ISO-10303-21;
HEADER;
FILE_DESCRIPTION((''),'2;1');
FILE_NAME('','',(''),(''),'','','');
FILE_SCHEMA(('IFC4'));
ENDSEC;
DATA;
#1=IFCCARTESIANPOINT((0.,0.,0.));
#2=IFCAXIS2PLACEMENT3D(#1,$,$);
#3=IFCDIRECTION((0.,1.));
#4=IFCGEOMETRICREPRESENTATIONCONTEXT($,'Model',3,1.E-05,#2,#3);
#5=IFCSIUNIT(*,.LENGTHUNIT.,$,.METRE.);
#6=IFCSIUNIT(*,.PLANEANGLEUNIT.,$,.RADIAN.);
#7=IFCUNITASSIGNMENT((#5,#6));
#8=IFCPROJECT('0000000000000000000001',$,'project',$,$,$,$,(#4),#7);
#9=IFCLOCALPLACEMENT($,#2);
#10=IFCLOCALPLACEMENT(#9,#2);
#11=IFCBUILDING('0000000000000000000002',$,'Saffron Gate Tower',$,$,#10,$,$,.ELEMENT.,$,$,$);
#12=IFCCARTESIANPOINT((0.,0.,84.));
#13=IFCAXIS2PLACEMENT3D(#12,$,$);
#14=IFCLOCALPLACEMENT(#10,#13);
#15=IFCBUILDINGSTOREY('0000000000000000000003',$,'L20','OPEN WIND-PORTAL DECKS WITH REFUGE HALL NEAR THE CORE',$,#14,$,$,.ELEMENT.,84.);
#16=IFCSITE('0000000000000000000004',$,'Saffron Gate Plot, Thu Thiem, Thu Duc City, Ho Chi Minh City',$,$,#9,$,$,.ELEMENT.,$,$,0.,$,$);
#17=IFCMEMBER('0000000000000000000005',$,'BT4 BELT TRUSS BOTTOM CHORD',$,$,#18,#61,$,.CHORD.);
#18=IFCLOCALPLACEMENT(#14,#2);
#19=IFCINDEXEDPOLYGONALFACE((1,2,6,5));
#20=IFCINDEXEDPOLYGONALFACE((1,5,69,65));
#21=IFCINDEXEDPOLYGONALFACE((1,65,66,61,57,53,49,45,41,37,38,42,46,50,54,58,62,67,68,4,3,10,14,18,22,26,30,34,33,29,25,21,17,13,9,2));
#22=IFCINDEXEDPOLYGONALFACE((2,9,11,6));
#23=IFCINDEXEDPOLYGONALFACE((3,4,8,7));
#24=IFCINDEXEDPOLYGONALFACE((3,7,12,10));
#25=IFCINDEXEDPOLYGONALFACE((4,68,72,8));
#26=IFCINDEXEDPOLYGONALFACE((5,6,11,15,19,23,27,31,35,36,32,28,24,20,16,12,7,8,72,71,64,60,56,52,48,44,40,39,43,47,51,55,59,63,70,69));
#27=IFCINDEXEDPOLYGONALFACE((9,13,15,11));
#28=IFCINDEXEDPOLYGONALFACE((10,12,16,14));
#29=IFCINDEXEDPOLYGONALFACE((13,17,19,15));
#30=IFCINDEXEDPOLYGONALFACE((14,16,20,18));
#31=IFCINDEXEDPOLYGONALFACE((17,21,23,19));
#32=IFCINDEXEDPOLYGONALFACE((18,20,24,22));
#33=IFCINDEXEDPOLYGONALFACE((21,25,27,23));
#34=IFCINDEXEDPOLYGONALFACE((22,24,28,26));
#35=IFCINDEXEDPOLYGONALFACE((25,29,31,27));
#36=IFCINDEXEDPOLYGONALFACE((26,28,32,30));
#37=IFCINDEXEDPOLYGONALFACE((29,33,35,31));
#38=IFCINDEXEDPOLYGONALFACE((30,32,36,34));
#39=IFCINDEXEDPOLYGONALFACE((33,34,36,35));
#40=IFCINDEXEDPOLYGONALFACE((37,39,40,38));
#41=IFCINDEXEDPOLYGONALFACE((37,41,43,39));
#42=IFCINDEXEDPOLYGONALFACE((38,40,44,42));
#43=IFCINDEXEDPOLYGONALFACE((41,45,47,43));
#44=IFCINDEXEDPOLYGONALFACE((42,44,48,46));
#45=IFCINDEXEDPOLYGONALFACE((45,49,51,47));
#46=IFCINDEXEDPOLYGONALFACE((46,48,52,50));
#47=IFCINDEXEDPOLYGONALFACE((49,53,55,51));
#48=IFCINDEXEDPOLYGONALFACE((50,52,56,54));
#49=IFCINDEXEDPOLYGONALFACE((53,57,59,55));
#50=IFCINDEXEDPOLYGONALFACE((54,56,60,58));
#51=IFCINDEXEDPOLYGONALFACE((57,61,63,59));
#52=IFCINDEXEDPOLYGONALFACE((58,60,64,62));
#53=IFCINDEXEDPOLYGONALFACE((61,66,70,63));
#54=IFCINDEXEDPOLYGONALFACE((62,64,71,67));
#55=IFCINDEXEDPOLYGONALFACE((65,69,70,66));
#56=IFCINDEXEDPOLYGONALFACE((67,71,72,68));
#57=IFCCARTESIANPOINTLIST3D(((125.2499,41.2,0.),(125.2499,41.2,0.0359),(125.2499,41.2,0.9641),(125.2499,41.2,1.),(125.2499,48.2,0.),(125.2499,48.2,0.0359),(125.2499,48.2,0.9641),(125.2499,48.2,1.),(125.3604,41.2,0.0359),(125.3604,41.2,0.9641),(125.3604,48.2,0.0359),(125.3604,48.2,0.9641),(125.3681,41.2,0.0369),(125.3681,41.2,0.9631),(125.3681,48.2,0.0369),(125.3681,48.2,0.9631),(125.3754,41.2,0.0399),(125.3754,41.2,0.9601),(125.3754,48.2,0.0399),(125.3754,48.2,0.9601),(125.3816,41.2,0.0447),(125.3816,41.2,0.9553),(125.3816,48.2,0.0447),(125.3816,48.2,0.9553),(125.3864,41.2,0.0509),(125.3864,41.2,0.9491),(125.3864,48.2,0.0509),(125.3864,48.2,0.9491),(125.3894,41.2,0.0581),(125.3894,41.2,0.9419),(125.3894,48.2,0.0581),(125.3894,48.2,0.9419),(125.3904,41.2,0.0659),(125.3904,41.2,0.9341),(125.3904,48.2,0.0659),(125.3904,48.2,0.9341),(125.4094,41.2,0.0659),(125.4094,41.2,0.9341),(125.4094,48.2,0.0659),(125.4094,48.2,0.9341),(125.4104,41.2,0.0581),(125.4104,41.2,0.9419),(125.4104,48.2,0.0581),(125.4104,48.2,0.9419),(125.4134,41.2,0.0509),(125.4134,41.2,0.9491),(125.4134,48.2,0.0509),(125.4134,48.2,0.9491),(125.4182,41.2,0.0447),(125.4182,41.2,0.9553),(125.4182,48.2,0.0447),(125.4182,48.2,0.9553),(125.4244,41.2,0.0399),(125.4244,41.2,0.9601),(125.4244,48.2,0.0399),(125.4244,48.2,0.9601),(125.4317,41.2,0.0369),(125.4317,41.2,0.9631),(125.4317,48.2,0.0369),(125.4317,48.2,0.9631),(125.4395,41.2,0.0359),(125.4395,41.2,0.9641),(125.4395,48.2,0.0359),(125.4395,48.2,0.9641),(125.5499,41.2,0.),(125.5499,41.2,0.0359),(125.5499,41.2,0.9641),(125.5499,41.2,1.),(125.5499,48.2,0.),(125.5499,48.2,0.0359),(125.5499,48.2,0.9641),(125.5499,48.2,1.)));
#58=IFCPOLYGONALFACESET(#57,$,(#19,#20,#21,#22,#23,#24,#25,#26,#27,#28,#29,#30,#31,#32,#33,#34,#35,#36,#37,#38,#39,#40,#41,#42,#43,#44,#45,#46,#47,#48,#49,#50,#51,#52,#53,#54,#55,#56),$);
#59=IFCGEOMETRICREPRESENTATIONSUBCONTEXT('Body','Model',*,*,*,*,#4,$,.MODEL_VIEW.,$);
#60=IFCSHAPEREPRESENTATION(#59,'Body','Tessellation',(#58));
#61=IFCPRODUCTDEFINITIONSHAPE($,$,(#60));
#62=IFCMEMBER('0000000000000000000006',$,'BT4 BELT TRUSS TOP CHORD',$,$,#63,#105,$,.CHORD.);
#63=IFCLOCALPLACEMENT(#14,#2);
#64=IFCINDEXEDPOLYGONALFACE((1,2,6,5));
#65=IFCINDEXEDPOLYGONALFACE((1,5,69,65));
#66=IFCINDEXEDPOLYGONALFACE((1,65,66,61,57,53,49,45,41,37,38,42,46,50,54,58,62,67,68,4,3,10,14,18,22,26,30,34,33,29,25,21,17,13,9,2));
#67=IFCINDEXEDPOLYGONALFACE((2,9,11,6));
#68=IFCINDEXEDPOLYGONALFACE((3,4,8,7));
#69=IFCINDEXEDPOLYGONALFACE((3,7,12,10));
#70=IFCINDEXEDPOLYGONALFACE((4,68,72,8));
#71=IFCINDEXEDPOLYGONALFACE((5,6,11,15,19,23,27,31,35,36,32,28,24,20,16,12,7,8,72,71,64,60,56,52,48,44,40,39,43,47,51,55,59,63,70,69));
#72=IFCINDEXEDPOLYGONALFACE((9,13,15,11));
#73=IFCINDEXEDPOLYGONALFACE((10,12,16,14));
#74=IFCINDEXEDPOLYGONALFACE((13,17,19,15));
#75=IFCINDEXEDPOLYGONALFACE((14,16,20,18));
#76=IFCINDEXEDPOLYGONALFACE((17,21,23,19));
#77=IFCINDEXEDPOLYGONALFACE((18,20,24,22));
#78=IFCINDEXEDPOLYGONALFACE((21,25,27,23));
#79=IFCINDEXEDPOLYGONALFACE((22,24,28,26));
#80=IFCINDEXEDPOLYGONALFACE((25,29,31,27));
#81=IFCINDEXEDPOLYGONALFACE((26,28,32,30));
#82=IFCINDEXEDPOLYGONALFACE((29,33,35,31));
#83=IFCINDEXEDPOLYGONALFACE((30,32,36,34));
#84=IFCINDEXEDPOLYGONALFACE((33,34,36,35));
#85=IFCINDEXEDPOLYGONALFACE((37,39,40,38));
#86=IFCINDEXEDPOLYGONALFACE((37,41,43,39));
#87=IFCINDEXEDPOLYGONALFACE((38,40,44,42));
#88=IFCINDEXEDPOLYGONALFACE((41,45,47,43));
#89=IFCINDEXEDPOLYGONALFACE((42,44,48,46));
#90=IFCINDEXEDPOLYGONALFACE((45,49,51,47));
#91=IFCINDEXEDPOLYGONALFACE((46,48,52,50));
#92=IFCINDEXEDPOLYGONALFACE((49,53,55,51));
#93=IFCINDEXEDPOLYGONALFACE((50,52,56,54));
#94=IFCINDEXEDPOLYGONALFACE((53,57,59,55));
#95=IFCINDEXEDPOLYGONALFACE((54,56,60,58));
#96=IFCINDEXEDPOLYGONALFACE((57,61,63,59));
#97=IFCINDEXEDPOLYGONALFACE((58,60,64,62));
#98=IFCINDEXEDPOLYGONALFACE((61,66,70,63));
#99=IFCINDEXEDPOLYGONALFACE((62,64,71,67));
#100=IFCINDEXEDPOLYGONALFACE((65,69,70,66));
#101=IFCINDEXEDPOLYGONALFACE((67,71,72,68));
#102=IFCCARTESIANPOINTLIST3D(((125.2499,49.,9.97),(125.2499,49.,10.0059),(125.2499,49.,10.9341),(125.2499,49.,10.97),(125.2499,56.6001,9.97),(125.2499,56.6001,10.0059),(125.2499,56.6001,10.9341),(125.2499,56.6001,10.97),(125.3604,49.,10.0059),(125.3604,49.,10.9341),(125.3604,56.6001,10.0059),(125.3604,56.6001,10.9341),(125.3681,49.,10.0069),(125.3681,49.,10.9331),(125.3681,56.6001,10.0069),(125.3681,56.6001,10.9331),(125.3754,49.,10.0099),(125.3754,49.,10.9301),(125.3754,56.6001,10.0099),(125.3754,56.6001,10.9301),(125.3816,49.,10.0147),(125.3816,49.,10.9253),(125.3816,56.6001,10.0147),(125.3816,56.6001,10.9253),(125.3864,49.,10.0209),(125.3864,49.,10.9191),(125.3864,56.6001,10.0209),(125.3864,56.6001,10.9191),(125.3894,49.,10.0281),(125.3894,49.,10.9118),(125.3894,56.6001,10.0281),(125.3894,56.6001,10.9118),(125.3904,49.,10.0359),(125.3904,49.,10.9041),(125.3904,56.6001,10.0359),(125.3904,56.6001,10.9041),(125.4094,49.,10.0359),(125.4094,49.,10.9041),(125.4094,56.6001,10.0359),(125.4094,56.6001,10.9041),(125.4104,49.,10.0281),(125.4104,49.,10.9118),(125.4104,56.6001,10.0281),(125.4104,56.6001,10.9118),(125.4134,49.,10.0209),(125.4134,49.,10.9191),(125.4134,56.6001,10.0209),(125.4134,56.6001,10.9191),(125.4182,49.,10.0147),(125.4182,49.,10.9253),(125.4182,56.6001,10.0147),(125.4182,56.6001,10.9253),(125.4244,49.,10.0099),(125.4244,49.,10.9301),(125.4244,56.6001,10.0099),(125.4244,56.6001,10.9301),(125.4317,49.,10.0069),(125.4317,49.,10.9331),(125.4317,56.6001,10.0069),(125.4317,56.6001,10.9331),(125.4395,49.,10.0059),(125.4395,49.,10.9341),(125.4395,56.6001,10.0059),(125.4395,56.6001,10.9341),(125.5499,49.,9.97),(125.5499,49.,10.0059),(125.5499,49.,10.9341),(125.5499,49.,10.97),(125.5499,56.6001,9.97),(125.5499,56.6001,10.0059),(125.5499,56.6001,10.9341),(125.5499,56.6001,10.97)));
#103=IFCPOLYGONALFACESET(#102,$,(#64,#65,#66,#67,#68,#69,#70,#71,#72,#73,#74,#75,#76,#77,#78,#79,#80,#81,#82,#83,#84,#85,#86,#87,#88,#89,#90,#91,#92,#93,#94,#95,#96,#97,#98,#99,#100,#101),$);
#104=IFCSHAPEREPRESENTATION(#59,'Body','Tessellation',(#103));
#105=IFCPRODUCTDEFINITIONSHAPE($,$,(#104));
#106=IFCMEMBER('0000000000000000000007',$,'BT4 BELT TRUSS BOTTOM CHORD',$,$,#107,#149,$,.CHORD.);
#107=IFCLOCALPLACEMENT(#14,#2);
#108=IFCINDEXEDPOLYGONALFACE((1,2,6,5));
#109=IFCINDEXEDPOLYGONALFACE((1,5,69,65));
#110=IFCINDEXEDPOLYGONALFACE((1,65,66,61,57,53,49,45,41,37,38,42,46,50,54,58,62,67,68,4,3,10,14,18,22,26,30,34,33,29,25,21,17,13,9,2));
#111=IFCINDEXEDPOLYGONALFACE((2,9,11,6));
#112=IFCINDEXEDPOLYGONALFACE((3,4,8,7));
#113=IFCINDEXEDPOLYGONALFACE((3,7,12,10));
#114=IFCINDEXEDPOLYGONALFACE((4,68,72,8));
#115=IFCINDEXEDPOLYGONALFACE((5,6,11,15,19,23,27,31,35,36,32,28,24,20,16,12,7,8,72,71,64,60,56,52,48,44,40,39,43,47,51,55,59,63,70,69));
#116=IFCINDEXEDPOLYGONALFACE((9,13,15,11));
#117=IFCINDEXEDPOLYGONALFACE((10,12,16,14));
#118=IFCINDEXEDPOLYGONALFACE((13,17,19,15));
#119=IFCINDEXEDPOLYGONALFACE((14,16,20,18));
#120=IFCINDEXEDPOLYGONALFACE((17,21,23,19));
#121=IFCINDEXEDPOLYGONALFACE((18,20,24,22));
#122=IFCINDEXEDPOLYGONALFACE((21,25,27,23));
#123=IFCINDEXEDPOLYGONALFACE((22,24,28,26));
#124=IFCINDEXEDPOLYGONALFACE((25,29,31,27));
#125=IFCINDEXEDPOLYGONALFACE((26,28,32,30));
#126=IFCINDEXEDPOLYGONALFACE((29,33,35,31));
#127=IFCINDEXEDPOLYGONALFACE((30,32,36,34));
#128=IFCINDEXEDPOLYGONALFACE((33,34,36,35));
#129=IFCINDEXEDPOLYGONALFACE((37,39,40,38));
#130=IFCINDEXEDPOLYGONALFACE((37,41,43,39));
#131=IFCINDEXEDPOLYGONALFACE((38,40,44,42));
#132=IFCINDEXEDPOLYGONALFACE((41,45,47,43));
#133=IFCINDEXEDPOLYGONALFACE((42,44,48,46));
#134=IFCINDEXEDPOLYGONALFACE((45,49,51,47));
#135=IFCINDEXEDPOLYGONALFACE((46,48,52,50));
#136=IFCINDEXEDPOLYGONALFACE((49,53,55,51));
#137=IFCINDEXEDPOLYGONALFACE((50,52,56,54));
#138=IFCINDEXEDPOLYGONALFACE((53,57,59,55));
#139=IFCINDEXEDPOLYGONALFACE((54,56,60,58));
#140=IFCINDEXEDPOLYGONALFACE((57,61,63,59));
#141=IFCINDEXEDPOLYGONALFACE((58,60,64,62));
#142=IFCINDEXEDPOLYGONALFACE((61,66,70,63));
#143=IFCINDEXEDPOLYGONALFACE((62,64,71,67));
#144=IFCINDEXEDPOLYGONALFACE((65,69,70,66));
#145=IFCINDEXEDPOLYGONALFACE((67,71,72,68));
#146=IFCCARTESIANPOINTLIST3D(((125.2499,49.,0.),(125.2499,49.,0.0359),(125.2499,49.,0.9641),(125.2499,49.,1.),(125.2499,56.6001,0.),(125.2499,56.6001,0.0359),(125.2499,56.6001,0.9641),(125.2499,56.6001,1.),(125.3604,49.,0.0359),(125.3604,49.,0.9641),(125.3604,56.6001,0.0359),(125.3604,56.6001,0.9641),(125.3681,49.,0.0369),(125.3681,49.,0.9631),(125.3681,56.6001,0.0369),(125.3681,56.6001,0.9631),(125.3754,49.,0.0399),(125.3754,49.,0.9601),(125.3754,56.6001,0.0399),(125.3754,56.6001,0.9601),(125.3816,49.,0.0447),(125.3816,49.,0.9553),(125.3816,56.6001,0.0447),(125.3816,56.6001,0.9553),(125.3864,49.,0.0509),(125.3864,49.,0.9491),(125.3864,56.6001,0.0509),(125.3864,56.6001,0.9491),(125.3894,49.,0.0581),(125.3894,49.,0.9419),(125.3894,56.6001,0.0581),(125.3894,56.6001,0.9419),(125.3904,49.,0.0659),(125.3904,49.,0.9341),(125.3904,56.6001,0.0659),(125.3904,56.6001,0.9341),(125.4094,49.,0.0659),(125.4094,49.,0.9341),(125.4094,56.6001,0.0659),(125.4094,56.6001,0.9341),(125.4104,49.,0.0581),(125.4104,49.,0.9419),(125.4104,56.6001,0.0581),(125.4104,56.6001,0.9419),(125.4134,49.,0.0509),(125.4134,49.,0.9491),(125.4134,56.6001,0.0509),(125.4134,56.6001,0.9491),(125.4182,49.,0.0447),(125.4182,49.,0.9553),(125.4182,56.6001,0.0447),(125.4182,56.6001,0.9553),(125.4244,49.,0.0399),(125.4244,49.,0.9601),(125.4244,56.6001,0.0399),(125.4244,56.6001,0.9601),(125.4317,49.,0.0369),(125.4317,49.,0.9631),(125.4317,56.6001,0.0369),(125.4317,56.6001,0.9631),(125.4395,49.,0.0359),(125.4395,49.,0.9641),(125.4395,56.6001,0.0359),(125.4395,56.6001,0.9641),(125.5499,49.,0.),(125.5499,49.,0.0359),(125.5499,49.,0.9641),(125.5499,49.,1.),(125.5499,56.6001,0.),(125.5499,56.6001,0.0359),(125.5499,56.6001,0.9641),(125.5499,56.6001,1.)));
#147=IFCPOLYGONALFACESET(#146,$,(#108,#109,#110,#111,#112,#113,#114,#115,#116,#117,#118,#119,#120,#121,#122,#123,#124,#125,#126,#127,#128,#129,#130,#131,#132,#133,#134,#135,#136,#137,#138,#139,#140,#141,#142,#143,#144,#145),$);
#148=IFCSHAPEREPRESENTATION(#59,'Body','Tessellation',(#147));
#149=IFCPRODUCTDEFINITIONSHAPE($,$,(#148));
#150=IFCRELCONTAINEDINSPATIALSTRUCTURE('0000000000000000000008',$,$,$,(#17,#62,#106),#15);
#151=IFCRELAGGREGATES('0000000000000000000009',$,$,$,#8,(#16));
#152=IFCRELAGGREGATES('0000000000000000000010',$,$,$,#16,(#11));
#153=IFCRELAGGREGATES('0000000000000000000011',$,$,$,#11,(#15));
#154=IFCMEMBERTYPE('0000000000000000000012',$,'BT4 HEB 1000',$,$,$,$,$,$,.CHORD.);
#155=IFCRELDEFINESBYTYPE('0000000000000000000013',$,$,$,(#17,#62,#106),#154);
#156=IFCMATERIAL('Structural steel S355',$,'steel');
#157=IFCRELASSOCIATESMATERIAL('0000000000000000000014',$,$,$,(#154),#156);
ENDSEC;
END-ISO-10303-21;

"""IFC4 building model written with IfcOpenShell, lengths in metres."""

from ifc_helpers import new_model, si_unit, direction, frame, origin, origin_2d, place, context, subcontext, project, spatial, i_section, extrude, material, material_profile, profile_set, type_object, element, save


model = new_model("IFC4")

# Units and contexts
model_context = context("Model", 3, precision=1e-05, world=origin(), true_north=direction((0.0, 1.0)))
body_context = subcontext(model_context, "Body", "Model", "MODEL_VIEW")
ifc_project = project(units=[si_unit("LENGTHUNIT", "METRE"), si_unit("PLANEANGLEUNIT", "RADIAN")], contexts=[model_context])

# Site, building, storey
site_placement = place(None, origin())
site = spatial("IfcSite", under=ifc_project, at=site_placement, Name="Saffron Gate Plot, Thu Thiem, Thu Duc City, Ho Chi Minh City", CompositionType="ELEMENT", RefElevation=0.0)
building_placement = place(site_placement, origin())
building = spatial("IfcBuilding", under=site, at=building_placement, Name="Saffron Gate Tower", CompositionType="ELEMENT")
storey_placement = place(building_placement, frame((0.0, 0.0, 84.0)))
storey = spatial("IfcBuildingStorey", under=building, at=storey_placement, Name="L20", Description="OPEN WIND-PORTAL DECKS WITH REFUGE HALL NEAR THE CORE", CompositionType="ELEMENT", Elevation=84.0)

# Shared definitions
ifc_material_1 = material(Name="Structural steel S355", Category="steel")

# Members
ifc_material_profile_1 = material_profile(ifc_material_1, i_section(OverallWidth=0.3, OverallDepth=1.0, WebThickness=0.019, FlangeThickness=0.0359, FilletRadius=0.03, at=origin_2d()))
ifc_profile_set_1 = profile_set([ifc_material_profile_1], Name="Structural steel S355")
member_type_1 = type_object("IfcMemberType", Name="BT4 HEB 1000", PredefinedType="CHORD", material=ifc_profile_set_1)
for number, where, z_axis, x_axis, name in (
    (1, (125.3999, 41.2, 0.5), (0.0, 1.0, 0.0), (-1.0, 0.0, 0.0), "BT4 BELT TRUSS BOTTOM CHORD"),
):
    element("IfcMember", number, at=place(storey_placement, frame(where, z_axis=z_axis, x_axis=x_axis)), inside=storey, type_object=member_type_1, Name=name, PredefinedType="CHORD", context=body_context, shape_type="SweptSolid", body=[
        extrude(i_section(OverallWidth=0.3, OverallDepth=1.0, WebThickness=0.019, FlangeThickness=0.0359, FilletRadius=0.03, at=origin_2d()), origin(), (0.0, 0.0, 1.0), 7.0),
    ])
for number, where, z_axis, x_axis, name in (
    (2, (125.3999, 49.0, 10.47), (0.0, 1.0, 0.0), (-1.0, 0.0, 0.0), "BT4 BELT TRUSS TOP CHORD"),
    (3, (125.3999, 49.0, 0.5), (0.0, 1.0, 0.0), (-1.0, 0.0, 0.0), "BT4 BELT TRUSS BOTTOM CHORD"),
):
    element("IfcMember", number, at=place(storey_placement, frame(where, z_axis=z_axis, x_axis=x_axis)), inside=storey, type_object=member_type_1, Name=name, PredefinedType="CHORD", context=body_context, shape_type="SweptSolid", body=[
        extrude(i_section(OverallWidth=0.3, OverallDepth=1.0, WebThickness=0.019, FlangeThickness=0.0359, FilletRadius=0.03, at=origin_2d()), origin(), (0.0, 0.0, 1.0), 7.6001),
    ])

save(model, "model.ifc")
